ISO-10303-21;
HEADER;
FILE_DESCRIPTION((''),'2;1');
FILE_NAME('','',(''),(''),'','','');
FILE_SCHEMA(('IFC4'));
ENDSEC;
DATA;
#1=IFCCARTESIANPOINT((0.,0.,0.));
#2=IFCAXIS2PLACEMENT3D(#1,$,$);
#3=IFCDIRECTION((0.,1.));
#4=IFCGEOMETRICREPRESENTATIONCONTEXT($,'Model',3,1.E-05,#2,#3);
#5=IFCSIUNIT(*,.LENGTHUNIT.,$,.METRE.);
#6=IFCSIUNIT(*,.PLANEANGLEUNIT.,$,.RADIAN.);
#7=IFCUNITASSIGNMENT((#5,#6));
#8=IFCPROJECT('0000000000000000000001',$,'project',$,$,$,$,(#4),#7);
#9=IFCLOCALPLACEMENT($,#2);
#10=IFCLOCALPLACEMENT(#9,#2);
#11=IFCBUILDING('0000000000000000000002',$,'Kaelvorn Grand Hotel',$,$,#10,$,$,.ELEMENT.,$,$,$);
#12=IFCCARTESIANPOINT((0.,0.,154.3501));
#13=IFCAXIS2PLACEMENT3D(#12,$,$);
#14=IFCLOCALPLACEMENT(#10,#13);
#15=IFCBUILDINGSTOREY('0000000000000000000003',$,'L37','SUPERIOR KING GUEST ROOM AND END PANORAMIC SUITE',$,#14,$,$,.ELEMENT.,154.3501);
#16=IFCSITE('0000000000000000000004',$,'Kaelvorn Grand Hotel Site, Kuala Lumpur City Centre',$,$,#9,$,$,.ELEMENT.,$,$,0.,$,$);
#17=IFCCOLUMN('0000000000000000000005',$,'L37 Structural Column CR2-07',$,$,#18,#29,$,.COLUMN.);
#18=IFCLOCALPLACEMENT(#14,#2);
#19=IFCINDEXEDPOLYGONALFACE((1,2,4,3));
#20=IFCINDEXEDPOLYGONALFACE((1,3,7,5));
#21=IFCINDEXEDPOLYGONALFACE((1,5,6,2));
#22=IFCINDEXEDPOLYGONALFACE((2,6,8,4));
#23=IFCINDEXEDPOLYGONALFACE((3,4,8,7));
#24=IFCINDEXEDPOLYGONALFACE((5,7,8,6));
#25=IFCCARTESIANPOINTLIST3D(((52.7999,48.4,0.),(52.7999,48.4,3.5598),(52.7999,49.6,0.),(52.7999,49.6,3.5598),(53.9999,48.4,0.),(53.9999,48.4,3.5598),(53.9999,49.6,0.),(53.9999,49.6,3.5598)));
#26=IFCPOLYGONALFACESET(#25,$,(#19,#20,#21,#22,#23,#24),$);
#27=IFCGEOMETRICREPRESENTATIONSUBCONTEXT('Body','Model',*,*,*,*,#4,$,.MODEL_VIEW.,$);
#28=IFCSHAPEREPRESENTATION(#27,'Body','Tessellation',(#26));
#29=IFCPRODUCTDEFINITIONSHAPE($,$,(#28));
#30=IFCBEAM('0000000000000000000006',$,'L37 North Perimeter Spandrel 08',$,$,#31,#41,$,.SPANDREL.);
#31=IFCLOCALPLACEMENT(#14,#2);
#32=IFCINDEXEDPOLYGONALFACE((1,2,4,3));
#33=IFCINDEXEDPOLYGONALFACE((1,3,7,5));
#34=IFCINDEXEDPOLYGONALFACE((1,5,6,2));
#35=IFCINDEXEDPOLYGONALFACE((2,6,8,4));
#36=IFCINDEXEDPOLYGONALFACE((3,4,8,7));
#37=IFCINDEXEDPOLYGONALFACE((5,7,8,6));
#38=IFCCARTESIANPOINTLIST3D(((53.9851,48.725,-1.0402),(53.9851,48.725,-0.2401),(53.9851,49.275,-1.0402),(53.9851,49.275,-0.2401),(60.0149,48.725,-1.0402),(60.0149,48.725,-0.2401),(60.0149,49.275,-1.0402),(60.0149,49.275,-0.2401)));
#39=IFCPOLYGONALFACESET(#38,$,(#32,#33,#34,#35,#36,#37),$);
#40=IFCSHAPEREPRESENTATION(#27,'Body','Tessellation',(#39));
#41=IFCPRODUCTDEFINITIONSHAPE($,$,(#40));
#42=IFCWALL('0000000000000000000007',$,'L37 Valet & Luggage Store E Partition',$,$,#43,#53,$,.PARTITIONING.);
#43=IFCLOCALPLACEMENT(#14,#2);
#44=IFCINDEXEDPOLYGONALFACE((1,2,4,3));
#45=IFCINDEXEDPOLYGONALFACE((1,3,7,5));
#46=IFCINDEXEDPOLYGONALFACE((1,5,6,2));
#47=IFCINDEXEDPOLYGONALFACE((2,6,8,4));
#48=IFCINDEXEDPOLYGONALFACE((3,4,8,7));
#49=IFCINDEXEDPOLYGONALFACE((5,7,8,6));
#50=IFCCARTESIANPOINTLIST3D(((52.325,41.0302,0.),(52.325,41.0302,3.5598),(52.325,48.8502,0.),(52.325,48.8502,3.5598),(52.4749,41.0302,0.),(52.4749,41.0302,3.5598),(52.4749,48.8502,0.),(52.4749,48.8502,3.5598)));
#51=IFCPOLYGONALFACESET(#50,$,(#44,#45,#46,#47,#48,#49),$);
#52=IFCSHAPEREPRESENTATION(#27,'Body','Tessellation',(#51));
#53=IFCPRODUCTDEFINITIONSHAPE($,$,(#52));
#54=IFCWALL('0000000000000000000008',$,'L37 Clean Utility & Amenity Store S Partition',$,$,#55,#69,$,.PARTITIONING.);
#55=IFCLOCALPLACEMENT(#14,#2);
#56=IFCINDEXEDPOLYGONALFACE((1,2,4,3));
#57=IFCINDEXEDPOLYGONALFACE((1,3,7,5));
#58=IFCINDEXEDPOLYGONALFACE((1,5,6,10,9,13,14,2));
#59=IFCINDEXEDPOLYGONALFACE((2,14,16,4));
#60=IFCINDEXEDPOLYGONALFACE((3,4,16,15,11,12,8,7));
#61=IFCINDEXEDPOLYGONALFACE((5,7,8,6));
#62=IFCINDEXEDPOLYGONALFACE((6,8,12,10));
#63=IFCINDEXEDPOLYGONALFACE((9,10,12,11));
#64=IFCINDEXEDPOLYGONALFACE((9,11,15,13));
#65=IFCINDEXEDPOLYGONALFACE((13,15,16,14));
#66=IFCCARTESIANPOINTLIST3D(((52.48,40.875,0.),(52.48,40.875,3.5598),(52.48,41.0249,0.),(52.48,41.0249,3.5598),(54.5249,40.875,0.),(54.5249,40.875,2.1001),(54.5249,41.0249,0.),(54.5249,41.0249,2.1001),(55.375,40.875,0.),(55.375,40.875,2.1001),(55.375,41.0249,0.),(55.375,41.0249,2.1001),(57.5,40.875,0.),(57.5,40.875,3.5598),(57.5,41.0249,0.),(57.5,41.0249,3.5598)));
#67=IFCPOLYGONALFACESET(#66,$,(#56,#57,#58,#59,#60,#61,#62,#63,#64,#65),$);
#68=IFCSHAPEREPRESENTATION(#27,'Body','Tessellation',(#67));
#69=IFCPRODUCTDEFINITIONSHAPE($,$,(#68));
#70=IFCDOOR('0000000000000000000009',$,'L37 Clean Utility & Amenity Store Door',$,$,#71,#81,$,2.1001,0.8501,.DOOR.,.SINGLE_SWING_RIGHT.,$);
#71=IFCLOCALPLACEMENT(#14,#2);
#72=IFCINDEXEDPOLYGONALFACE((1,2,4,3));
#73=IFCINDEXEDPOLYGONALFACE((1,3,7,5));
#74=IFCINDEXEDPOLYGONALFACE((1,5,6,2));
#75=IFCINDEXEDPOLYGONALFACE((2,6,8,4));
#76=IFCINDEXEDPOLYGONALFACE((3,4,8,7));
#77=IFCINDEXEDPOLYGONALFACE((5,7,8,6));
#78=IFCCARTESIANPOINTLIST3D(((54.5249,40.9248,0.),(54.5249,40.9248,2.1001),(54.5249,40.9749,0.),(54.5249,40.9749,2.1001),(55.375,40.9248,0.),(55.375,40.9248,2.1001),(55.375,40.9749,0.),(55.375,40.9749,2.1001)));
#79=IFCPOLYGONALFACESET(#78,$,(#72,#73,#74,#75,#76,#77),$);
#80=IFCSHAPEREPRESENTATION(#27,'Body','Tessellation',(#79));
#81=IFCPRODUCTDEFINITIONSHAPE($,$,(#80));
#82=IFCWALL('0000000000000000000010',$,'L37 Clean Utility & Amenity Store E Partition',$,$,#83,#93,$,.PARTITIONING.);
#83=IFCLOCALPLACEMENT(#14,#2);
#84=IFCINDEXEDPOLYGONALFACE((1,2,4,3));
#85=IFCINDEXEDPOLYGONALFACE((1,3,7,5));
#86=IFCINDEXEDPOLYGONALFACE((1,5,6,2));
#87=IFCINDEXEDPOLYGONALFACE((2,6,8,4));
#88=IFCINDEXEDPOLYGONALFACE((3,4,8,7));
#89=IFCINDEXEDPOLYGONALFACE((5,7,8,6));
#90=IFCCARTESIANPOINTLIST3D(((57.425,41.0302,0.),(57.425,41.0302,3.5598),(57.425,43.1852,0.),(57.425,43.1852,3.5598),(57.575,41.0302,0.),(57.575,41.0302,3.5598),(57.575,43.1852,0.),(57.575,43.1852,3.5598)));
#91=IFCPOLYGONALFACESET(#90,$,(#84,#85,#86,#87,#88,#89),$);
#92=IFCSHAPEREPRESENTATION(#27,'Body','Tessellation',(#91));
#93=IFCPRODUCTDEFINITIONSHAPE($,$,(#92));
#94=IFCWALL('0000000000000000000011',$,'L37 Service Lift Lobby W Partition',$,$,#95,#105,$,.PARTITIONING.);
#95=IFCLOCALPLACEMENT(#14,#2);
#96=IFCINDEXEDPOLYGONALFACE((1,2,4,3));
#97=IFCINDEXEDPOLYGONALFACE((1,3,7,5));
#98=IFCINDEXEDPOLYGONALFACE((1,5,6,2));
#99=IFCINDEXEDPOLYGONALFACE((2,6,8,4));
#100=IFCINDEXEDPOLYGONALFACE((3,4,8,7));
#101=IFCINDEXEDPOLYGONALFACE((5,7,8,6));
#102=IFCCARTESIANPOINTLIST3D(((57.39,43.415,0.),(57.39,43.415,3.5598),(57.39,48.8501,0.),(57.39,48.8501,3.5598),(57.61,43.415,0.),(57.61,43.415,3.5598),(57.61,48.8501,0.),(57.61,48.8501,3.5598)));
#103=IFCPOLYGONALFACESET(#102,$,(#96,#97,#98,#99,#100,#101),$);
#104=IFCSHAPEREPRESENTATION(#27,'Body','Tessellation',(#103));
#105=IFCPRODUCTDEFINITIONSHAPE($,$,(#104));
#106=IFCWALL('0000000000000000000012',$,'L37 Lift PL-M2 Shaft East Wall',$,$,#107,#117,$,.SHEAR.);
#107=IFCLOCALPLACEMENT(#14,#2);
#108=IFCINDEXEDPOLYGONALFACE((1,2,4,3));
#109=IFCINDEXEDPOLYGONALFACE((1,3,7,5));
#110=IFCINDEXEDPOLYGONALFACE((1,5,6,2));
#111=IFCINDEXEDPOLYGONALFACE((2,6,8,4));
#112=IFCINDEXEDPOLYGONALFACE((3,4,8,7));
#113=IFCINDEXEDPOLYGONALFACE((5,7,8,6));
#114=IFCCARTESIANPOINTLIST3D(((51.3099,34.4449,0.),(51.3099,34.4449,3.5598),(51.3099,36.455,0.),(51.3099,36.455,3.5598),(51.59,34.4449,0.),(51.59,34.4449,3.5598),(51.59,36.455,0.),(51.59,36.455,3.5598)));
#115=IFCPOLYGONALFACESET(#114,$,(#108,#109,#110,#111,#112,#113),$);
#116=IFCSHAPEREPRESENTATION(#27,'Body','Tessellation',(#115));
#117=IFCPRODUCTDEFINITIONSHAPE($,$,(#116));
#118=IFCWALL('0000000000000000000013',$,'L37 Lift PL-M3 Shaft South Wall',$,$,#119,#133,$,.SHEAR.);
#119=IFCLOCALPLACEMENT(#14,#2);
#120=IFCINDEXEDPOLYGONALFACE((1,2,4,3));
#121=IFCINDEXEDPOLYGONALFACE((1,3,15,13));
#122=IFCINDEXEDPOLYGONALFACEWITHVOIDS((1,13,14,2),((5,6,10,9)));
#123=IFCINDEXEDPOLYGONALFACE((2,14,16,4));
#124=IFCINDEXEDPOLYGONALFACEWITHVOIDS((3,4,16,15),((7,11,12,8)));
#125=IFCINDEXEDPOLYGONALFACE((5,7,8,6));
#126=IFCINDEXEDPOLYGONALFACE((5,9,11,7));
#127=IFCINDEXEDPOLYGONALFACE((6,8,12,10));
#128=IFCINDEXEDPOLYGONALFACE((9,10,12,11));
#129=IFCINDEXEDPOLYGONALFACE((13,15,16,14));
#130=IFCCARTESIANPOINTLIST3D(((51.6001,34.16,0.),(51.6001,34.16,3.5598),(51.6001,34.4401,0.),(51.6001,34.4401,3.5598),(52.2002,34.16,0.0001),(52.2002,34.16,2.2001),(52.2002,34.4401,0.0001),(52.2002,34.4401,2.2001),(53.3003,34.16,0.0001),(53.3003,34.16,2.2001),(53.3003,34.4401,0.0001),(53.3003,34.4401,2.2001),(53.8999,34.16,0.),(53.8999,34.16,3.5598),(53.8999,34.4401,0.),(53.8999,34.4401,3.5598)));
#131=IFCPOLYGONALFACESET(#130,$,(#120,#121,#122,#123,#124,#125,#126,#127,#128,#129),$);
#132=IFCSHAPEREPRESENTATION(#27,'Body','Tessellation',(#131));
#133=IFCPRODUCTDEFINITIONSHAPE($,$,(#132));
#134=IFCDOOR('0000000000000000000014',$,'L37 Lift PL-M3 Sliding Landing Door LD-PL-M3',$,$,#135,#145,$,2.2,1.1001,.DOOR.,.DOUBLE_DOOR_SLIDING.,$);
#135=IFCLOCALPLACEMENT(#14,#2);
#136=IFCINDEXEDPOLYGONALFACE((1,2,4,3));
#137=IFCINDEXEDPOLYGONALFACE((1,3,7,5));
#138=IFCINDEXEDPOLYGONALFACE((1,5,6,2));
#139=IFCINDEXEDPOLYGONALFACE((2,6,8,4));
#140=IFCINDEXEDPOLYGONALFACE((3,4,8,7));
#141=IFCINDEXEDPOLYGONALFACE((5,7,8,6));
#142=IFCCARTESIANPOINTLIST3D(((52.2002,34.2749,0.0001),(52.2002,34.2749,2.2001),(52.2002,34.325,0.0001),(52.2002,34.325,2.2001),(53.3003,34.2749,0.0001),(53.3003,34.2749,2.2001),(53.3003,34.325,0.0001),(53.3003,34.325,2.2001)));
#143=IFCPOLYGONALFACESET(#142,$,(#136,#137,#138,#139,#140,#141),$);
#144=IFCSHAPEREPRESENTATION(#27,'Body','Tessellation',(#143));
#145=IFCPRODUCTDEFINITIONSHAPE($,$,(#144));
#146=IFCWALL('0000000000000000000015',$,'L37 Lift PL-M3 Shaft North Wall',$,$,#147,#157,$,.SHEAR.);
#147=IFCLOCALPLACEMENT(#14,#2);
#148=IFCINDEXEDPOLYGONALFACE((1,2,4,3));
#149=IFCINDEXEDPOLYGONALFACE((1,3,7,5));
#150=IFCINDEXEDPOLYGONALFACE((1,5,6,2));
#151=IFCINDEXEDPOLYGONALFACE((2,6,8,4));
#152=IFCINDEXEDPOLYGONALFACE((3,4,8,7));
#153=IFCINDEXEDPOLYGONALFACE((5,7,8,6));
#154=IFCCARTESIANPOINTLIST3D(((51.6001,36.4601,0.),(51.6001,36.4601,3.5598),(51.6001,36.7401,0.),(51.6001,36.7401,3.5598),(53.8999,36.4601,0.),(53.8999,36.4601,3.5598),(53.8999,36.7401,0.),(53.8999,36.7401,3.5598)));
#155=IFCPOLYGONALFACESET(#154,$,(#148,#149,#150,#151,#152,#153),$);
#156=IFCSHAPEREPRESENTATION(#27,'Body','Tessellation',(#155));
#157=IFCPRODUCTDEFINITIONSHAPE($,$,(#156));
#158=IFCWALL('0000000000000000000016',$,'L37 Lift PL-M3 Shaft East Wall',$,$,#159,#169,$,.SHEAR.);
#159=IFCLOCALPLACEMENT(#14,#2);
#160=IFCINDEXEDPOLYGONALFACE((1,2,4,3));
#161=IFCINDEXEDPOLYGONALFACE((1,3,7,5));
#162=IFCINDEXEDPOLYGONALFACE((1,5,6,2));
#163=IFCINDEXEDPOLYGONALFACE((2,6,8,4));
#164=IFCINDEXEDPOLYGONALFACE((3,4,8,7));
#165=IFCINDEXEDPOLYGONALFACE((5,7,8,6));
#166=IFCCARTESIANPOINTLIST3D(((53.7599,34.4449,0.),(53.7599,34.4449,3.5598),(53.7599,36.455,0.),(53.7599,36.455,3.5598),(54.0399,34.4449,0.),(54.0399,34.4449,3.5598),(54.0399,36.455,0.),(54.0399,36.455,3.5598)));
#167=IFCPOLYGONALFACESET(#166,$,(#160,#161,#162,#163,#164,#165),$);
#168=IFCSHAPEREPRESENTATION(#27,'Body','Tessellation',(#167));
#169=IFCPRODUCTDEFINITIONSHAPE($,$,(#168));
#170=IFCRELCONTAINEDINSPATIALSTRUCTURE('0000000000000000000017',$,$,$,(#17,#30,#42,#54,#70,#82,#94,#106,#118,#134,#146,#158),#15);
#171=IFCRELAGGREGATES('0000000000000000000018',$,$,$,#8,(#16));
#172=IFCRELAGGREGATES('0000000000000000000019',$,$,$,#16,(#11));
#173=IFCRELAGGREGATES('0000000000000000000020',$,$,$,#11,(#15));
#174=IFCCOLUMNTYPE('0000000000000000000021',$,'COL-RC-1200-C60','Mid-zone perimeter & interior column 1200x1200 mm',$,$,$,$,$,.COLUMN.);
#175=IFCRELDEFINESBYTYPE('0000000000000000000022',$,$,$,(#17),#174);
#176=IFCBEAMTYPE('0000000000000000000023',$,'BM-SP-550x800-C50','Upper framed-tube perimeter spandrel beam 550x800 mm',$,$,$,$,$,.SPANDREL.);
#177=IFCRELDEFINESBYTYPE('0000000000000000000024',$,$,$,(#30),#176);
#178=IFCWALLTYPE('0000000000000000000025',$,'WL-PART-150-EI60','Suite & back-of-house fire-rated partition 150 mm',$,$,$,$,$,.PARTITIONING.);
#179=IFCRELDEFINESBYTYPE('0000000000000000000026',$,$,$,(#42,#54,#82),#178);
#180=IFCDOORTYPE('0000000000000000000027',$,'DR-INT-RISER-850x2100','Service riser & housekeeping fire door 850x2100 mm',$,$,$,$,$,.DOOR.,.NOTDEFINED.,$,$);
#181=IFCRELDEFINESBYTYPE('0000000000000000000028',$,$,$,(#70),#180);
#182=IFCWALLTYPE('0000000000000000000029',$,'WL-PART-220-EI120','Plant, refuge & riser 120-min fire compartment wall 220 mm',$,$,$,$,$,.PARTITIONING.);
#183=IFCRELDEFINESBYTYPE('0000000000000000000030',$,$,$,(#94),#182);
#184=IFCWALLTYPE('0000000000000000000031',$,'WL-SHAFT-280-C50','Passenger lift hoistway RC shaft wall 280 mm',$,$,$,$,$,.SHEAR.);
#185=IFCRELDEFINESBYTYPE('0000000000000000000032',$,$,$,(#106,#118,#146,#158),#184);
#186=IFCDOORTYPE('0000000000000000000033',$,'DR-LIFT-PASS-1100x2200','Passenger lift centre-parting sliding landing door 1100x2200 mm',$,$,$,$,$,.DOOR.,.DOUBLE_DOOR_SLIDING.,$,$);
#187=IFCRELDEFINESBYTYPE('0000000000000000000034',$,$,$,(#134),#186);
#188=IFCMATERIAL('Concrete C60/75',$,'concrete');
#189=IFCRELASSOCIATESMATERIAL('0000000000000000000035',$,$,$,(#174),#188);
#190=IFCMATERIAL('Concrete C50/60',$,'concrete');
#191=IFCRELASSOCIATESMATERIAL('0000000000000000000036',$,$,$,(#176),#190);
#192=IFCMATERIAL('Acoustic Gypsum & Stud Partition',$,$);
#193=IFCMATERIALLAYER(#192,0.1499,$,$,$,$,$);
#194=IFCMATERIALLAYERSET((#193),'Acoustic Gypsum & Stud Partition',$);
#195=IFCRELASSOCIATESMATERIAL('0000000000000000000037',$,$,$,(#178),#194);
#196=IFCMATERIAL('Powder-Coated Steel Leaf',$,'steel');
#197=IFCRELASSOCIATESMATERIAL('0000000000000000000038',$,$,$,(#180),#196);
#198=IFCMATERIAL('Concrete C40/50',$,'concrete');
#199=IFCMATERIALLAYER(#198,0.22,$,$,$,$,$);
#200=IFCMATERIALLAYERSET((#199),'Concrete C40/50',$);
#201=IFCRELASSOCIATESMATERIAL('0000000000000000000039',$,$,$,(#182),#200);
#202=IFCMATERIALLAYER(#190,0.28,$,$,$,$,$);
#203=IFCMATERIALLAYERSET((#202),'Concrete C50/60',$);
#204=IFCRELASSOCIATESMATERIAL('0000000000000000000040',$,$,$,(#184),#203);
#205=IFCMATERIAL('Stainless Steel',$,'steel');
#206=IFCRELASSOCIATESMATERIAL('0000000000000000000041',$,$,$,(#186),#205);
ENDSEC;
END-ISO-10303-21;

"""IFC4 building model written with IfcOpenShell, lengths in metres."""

from ifc_helpers import new_model, si_unit, direction, frame, frame_2d, origin, origin_2d, place, context, subcontext, project, spatial, rectangle, extrude, material, layer, layer_set, material_profile, profile_set, type_object, element, fill, save


model = new_model("IFC4")

# Units and contexts
model_context = context("Model", 3, precision=1e-05, world=origin(), true_north=direction((0.0, 1.0)))
body_context = subcontext(model_context, "Body", "Model", "MODEL_VIEW")
ifc_project = project(units=[si_unit("LENGTHUNIT", "METRE"), si_unit("PLANEANGLEUNIT", "RADIAN")], contexts=[model_context])

# Site, building, storey
site_placement = place(None, origin())
site = spatial("IfcSite", under=ifc_project, at=site_placement, Name="Kaelvorn Grand Hotel Site, Kuala Lumpur City Centre", CompositionType="ELEMENT", RefElevation=0.0)
building_placement = place(site_placement, origin())
building = spatial("IfcBuilding", under=site, at=building_placement, Name="Kaelvorn Grand Hotel", CompositionType="ELEMENT")
storey_placement = place(building_placement, frame((0.0, 0.0, 154.3501)))
storey = spatial("IfcBuildingStorey", under=building, at=storey_placement, Name="L37", Description="SUPERIOR KING GUEST ROOM AND END PANORAMIC SUITE", CompositionType="ELEMENT", Elevation=154.3501)

# Column
ifc_material_1 = material(Name="Concrete C60/75", Category="concrete")
ifc_material_profile_1 = material_profile(ifc_material_1, rectangle(XDim=1.2, YDim=1.2, at=origin_2d()), Name="RC COL 1200x1200")
ifc_profile_set_1 = profile_set([ifc_material_profile_1], Name="Concrete C60/75")
column_type = type_object("IfcColumnType", Name="COL-RC-1200-C60", Description="Mid-zone perimeter & interior column 1200x1200 mm", PredefinedType="COLUMN", material=ifc_profile_set_1)
column_placement = place(storey_placement, frame((53.3999, 49.0, 0.0), z_axis=(0.0, 0.0, 1.0), x_axis=(1.0, 0.0, 0.0)))
element("IfcColumn", 1, at=column_placement, inside=storey, type_object=column_type, Name="L37 Structural Column CR2-07", PredefinedType="COLUMN", context=body_context, shape_type="SweptSolid", body=[
    extrude(rectangle(XDim=1.2, YDim=1.2, at=origin_2d()), origin(), (0.0, 0.0, 1.0), 3.5598),
])

# Beam
ifc_material_2 = material(Name="Concrete C50/60", Category="concrete")
ifc_material_profile_2 = material_profile(ifc_material_2, rectangle(XDim=0.55, YDim=0.8, at=origin_2d()), Name="RC SPANDREL 550x800")
ifc_profile_set_2 = profile_set([ifc_material_profile_2], Name="Concrete C50/60")
beam_type = type_object("IfcBeamType", Name="BM-SP-550x800-C50", Description="Upper framed-tube perimeter spandrel beam 550x800 mm", PredefinedType="SPANDREL", material=ifc_profile_set_2)
beam_placement = place(storey_placement, frame((53.9851, 49.0, -0.6401), z_axis=(1.0, 0.0, 0.0), x_axis=(0.0, 1.0, 0.0)))
element("IfcBeam", 2, at=beam_placement, inside=storey, type_object=beam_type, Name="L37 North Perimeter Spandrel 08", PredefinedType="SPANDREL", context=body_context, shape_type="SweptSolid", body=[
    extrude(rectangle(XDim=0.55, YDim=0.8, at=origin_2d()), origin(), (0.0, 0.0, 1.0), 6.0298),
])

# Wall
ifc_material_3 = material(Name="Acoustic Gypsum & Stud Partition")
ifc_layer_1 = layer(ifc_material_3, 0.1499)
ifc_layer_set_1 = layer_set([ifc_layer_1], Name="Acoustic Gypsum & Stud Partition")
wall_type_1 = type_object("IfcWallType", Name="WL-PART-150-EI60", Description="Suite & back-of-house fire-rated partition 150 mm", PredefinedType="PARTITIONING", material=ifc_layer_set_1)
wall_1_placement = place(storey_placement, frame((52.3999, 41.03, 0.0), z_axis=(0.0, 0.0, 1.0), x_axis=(0.0, 1.0, 0.0)))
element("IfcWall", 3, at=wall_1_placement, inside=storey, type_object=wall_type_1, Name="L37 Valet & Luggage Store E Partition", PredefinedType="PARTITIONING", context=body_context, shape_type="SweptSolid", body=[
    extrude(rectangle(XDim=7.8201, YDim=0.1499, at=frame_2d((3.9102, 0.0))), origin(), (0.0, 0.0, 1.0), 3.5598),
])

# Wall, opening, door
wall_2_placement = place(storey_placement, frame((52.48, 40.95, 0.0), z_axis=(0.0, 0.0, 1.0), x_axis=(1.0, 0.0, 0.0)))
wall_2 = element("IfcWall", 4, at=wall_2_placement, inside=storey, type_object=wall_type_1, Name="L37 Clean Utility & Amenity Store S Partition", PredefinedType="PARTITIONING", context=body_context, shape_type="SweptSolid", body=[
    extrude(rectangle(XDim=5.02, YDim=0.1499, at=frame_2d((2.51, 0.0))), origin(), (0.0, 0.0, 1.0), 3.5598),
])
opening_1_placement = place(wall_2_placement, frame((2.0449, 0.0, 0.0)))
opening_1 = element("IfcOpeningElement", 5, at=opening_1_placement, cuts=wall_2, PredefinedType="OPENING", context=body_context, shape_type="SweptSolid", body=[
    extrude(rectangle(XDim=0.8501, YDim=2.1001, at=frame_2d((0.425, 1.05))), frame((0.0, 0.085, 0.0), z_axis=(0.0, -1.0, 0.0), x_axis=(1.0, 0.0, 0.0)), (0.0, 0.0, 1.0), 0.1699),
])
ifc_material_4 = material(Name="Powder-Coated Steel Leaf", Category="steel")
door_type_1 = type_object("IfcDoorType", Name="DR-INT-RISER-850x2100", Description="Service riser & housekeeping fire door 850x2100 mm", OperationType="NOTDEFINED", PredefinedType="DOOR", material=ifc_material_4)
door_1_placement = place(opening_1_placement, origin())
door_1 = element("IfcDoor", 6, at=door_1_placement, inside=storey, type_object=door_type_1, Name="L37 Clean Utility & Amenity Store Door", OperationType="SINGLE_SWING_RIGHT", OverallHeight=2.1001, OverallWidth=0.8501, PredefinedType="DOOR", context=body_context, shape_type="SweptSolid", body=[
    extrude(rectangle(XDim=0.8501, YDim=2.1001, at=frame_2d((0.425, 1.05))), frame((0.0, 0.0249, 0.0), z_axis=(0.0, -1.0, 0.0), x_axis=(1.0, 0.0, 0.0)), (0.0, 0.0, 1.0), 0.05),
])
fill(opening_1, door_1)

# Wall
wall_3_placement = place(storey_placement, frame((57.5, 41.03, 0.0), z_axis=(0.0, 0.0, 1.0), x_axis=(0.0, 1.0, 0.0)))
element("IfcWall", 7, at=wall_3_placement, inside=storey, type_object=wall_type_1, Name="L37 Clean Utility & Amenity Store E Partition", PredefinedType="PARTITIONING", context=body_context, shape_type="SweptSolid", body=[
    extrude(rectangle(XDim=2.155, YDim=0.1499, at=frame_2d((1.0776, 0.0))), origin(), (0.0, 0.0, 1.0), 3.5598),
])

# Shared definitions
ifc_material_5 = material(Name="Concrete C40/50", Category="concrete")
ifc_layer_2 = layer(ifc_material_5, 0.22)
ifc_layer_set_2 = layer_set([ifc_layer_2], Name="Concrete C40/50")
wall_type_2 = type_object("IfcWallType", Name="WL-PART-220-EI120", Description="Plant, refuge & riser 120-min fire compartment wall 220 mm", PredefinedType="PARTITIONING", material=ifc_layer_set_2)

# Walls
wall_4_placement = place(storey_placement, frame((57.5, 43.415, 0.0), z_axis=(0.0, 0.0, 1.0), x_axis=(0.0, 1.0, 0.0)))
element("IfcWall", 8, at=wall_4_placement, inside=storey, type_object=wall_type_2, Name="L37 Service Lift Lobby W Partition", PredefinedType="PARTITIONING", context=body_context, shape_type="SweptSolid", body=[
    extrude(rectangle(XDim=5.4351, YDim=0.22, at=frame_2d((2.7175, 0.0))), origin(), (0.0, 0.0, 1.0), 3.5598),
])
ifc_layer_3 = layer(ifc_material_2, 0.28)
ifc_layer_set_3 = layer_set([ifc_layer_3], Name="Concrete C50/60")
wall_type_3 = type_object("IfcWallType", Name="WL-SHAFT-280-C50", Description="Passenger lift hoistway RC shaft wall 280 mm", PredefinedType="SHEAR", material=ifc_layer_set_3)
wall_5_placement = place(storey_placement, frame((51.45, 34.4451, 0.0), z_axis=(0.0, 0.0, 1.0), x_axis=(0.0, 1.0, 0.0)))
element("IfcWall", 9, at=wall_5_placement, inside=storey, type_object=wall_type_3, Name="L37 Lift PL-M2 Shaft East Wall", PredefinedType="SHEAR", context=body_context, shape_type="SweptSolid", body=[
    extrude(rectangle(XDim=2.01, YDim=0.28, at=frame_2d((1.0049, 0.0))), origin(), (0.0, 0.0, 1.0), 3.5598),
])

# Wall, opening, door
wall_6_placement = place(storey_placement, frame((51.6001, 34.3, 0.0), z_axis=(0.0, 0.0, 1.0), x_axis=(1.0, 0.0, 0.0)))
wall_6 = element("IfcWall", 10, at=wall_6_placement, inside=storey, type_object=wall_type_3, Name="L37 Lift PL-M3 Shaft South Wall", PredefinedType="SHEAR", context=body_context, shape_type="SweptSolid", body=[
    extrude(rectangle(XDim=2.2998, YDim=0.28, at=frame_2d((1.1499, 0.0))), origin(), (0.0, 0.0, 1.0), 3.5598),
])
opening_2_placement = place(wall_6_placement, frame((0.6001, 0.0, 0.0)))
opening_2 = element("IfcOpeningElement", 11, at=opening_2_placement, cuts=wall_6, PredefinedType="OPENING", context=body_context, shape_type="SweptSolid", body=[
    extrude(rectangle(XDim=1.1001, YDim=2.2, at=frame_2d((0.55, 1.1001))), frame((0.0, 0.1499, 0.0), z_axis=(0.0, -1.0, 0.0), x_axis=(1.0, 0.0, 0.0)), (0.0, 0.0, 1.0), 0.3),
])
ifc_material_6 = material(Name="Stainless Steel", Category="steel")
door_type_2 = type_object("IfcDoorType", Name="DR-LIFT-PASS-1100x2200", Description="Passenger lift centre-parting sliding landing door 1100x2200 mm", OperationType="DOUBLE_DOOR_SLIDING", PredefinedType="DOOR", material=ifc_material_6)
door_2_placement = place(opening_2_placement, origin())
door_2 = element("IfcDoor", 12, at=door_2_placement, inside=storey, type_object=door_type_2, Name="L37 Lift PL-M3 Sliding Landing Door LD-PL-M3", OperationType="DOUBLE_DOOR_SLIDING", OverallHeight=2.2, OverallWidth=1.1001, PredefinedType="DOOR", context=body_context, shape_type="SweptSolid", body=[
    extrude(rectangle(XDim=1.1001, YDim=2.2, at=frame_2d((0.55, 1.1001))), frame((0.0, 0.0249, 0.0), z_axis=(0.0, -1.0, 0.0), x_axis=(1.0, 0.0, 0.0)), (0.0, 0.0, 1.0), 0.05),
])
fill(opening_2, door_2)

# Walls
wall_7_placement = place(storey_placement, frame((51.6001, 36.6001, 0.0), z_axis=(0.0, 0.0, 1.0), x_axis=(1.0, 0.0, 0.0)))
element("IfcWall", 13, at=wall_7_placement, inside=storey, type_object=wall_type_3, Name="L37 Lift PL-M3 Shaft North Wall", PredefinedType="SHEAR", context=body_context, shape_type="SweptSolid", body=[
    extrude(rectangle(XDim=2.2998, YDim=0.28, at=frame_2d((1.1499, 0.0))), origin(), (0.0, 0.0, 1.0), 3.5598),
])
wall_8_placement = place(storey_placement, frame((53.8999, 34.4451, 0.0), z_axis=(0.0, 0.0, 1.0), x_axis=(0.0, 1.0, 0.0)))
element("IfcWall", 14, at=wall_8_placement, inside=storey, type_object=wall_type_3, Name="L37 Lift PL-M3 Shaft East Wall", PredefinedType="SHEAR", context=body_context, shape_type="SweptSolid", body=[
    extrude(rectangle(XDim=2.01, YDim=0.28, at=frame_2d((1.0049, 0.0))), origin(), (0.0, 0.0, 1.0), 3.5598),
])

save(model, "model.ifc")
